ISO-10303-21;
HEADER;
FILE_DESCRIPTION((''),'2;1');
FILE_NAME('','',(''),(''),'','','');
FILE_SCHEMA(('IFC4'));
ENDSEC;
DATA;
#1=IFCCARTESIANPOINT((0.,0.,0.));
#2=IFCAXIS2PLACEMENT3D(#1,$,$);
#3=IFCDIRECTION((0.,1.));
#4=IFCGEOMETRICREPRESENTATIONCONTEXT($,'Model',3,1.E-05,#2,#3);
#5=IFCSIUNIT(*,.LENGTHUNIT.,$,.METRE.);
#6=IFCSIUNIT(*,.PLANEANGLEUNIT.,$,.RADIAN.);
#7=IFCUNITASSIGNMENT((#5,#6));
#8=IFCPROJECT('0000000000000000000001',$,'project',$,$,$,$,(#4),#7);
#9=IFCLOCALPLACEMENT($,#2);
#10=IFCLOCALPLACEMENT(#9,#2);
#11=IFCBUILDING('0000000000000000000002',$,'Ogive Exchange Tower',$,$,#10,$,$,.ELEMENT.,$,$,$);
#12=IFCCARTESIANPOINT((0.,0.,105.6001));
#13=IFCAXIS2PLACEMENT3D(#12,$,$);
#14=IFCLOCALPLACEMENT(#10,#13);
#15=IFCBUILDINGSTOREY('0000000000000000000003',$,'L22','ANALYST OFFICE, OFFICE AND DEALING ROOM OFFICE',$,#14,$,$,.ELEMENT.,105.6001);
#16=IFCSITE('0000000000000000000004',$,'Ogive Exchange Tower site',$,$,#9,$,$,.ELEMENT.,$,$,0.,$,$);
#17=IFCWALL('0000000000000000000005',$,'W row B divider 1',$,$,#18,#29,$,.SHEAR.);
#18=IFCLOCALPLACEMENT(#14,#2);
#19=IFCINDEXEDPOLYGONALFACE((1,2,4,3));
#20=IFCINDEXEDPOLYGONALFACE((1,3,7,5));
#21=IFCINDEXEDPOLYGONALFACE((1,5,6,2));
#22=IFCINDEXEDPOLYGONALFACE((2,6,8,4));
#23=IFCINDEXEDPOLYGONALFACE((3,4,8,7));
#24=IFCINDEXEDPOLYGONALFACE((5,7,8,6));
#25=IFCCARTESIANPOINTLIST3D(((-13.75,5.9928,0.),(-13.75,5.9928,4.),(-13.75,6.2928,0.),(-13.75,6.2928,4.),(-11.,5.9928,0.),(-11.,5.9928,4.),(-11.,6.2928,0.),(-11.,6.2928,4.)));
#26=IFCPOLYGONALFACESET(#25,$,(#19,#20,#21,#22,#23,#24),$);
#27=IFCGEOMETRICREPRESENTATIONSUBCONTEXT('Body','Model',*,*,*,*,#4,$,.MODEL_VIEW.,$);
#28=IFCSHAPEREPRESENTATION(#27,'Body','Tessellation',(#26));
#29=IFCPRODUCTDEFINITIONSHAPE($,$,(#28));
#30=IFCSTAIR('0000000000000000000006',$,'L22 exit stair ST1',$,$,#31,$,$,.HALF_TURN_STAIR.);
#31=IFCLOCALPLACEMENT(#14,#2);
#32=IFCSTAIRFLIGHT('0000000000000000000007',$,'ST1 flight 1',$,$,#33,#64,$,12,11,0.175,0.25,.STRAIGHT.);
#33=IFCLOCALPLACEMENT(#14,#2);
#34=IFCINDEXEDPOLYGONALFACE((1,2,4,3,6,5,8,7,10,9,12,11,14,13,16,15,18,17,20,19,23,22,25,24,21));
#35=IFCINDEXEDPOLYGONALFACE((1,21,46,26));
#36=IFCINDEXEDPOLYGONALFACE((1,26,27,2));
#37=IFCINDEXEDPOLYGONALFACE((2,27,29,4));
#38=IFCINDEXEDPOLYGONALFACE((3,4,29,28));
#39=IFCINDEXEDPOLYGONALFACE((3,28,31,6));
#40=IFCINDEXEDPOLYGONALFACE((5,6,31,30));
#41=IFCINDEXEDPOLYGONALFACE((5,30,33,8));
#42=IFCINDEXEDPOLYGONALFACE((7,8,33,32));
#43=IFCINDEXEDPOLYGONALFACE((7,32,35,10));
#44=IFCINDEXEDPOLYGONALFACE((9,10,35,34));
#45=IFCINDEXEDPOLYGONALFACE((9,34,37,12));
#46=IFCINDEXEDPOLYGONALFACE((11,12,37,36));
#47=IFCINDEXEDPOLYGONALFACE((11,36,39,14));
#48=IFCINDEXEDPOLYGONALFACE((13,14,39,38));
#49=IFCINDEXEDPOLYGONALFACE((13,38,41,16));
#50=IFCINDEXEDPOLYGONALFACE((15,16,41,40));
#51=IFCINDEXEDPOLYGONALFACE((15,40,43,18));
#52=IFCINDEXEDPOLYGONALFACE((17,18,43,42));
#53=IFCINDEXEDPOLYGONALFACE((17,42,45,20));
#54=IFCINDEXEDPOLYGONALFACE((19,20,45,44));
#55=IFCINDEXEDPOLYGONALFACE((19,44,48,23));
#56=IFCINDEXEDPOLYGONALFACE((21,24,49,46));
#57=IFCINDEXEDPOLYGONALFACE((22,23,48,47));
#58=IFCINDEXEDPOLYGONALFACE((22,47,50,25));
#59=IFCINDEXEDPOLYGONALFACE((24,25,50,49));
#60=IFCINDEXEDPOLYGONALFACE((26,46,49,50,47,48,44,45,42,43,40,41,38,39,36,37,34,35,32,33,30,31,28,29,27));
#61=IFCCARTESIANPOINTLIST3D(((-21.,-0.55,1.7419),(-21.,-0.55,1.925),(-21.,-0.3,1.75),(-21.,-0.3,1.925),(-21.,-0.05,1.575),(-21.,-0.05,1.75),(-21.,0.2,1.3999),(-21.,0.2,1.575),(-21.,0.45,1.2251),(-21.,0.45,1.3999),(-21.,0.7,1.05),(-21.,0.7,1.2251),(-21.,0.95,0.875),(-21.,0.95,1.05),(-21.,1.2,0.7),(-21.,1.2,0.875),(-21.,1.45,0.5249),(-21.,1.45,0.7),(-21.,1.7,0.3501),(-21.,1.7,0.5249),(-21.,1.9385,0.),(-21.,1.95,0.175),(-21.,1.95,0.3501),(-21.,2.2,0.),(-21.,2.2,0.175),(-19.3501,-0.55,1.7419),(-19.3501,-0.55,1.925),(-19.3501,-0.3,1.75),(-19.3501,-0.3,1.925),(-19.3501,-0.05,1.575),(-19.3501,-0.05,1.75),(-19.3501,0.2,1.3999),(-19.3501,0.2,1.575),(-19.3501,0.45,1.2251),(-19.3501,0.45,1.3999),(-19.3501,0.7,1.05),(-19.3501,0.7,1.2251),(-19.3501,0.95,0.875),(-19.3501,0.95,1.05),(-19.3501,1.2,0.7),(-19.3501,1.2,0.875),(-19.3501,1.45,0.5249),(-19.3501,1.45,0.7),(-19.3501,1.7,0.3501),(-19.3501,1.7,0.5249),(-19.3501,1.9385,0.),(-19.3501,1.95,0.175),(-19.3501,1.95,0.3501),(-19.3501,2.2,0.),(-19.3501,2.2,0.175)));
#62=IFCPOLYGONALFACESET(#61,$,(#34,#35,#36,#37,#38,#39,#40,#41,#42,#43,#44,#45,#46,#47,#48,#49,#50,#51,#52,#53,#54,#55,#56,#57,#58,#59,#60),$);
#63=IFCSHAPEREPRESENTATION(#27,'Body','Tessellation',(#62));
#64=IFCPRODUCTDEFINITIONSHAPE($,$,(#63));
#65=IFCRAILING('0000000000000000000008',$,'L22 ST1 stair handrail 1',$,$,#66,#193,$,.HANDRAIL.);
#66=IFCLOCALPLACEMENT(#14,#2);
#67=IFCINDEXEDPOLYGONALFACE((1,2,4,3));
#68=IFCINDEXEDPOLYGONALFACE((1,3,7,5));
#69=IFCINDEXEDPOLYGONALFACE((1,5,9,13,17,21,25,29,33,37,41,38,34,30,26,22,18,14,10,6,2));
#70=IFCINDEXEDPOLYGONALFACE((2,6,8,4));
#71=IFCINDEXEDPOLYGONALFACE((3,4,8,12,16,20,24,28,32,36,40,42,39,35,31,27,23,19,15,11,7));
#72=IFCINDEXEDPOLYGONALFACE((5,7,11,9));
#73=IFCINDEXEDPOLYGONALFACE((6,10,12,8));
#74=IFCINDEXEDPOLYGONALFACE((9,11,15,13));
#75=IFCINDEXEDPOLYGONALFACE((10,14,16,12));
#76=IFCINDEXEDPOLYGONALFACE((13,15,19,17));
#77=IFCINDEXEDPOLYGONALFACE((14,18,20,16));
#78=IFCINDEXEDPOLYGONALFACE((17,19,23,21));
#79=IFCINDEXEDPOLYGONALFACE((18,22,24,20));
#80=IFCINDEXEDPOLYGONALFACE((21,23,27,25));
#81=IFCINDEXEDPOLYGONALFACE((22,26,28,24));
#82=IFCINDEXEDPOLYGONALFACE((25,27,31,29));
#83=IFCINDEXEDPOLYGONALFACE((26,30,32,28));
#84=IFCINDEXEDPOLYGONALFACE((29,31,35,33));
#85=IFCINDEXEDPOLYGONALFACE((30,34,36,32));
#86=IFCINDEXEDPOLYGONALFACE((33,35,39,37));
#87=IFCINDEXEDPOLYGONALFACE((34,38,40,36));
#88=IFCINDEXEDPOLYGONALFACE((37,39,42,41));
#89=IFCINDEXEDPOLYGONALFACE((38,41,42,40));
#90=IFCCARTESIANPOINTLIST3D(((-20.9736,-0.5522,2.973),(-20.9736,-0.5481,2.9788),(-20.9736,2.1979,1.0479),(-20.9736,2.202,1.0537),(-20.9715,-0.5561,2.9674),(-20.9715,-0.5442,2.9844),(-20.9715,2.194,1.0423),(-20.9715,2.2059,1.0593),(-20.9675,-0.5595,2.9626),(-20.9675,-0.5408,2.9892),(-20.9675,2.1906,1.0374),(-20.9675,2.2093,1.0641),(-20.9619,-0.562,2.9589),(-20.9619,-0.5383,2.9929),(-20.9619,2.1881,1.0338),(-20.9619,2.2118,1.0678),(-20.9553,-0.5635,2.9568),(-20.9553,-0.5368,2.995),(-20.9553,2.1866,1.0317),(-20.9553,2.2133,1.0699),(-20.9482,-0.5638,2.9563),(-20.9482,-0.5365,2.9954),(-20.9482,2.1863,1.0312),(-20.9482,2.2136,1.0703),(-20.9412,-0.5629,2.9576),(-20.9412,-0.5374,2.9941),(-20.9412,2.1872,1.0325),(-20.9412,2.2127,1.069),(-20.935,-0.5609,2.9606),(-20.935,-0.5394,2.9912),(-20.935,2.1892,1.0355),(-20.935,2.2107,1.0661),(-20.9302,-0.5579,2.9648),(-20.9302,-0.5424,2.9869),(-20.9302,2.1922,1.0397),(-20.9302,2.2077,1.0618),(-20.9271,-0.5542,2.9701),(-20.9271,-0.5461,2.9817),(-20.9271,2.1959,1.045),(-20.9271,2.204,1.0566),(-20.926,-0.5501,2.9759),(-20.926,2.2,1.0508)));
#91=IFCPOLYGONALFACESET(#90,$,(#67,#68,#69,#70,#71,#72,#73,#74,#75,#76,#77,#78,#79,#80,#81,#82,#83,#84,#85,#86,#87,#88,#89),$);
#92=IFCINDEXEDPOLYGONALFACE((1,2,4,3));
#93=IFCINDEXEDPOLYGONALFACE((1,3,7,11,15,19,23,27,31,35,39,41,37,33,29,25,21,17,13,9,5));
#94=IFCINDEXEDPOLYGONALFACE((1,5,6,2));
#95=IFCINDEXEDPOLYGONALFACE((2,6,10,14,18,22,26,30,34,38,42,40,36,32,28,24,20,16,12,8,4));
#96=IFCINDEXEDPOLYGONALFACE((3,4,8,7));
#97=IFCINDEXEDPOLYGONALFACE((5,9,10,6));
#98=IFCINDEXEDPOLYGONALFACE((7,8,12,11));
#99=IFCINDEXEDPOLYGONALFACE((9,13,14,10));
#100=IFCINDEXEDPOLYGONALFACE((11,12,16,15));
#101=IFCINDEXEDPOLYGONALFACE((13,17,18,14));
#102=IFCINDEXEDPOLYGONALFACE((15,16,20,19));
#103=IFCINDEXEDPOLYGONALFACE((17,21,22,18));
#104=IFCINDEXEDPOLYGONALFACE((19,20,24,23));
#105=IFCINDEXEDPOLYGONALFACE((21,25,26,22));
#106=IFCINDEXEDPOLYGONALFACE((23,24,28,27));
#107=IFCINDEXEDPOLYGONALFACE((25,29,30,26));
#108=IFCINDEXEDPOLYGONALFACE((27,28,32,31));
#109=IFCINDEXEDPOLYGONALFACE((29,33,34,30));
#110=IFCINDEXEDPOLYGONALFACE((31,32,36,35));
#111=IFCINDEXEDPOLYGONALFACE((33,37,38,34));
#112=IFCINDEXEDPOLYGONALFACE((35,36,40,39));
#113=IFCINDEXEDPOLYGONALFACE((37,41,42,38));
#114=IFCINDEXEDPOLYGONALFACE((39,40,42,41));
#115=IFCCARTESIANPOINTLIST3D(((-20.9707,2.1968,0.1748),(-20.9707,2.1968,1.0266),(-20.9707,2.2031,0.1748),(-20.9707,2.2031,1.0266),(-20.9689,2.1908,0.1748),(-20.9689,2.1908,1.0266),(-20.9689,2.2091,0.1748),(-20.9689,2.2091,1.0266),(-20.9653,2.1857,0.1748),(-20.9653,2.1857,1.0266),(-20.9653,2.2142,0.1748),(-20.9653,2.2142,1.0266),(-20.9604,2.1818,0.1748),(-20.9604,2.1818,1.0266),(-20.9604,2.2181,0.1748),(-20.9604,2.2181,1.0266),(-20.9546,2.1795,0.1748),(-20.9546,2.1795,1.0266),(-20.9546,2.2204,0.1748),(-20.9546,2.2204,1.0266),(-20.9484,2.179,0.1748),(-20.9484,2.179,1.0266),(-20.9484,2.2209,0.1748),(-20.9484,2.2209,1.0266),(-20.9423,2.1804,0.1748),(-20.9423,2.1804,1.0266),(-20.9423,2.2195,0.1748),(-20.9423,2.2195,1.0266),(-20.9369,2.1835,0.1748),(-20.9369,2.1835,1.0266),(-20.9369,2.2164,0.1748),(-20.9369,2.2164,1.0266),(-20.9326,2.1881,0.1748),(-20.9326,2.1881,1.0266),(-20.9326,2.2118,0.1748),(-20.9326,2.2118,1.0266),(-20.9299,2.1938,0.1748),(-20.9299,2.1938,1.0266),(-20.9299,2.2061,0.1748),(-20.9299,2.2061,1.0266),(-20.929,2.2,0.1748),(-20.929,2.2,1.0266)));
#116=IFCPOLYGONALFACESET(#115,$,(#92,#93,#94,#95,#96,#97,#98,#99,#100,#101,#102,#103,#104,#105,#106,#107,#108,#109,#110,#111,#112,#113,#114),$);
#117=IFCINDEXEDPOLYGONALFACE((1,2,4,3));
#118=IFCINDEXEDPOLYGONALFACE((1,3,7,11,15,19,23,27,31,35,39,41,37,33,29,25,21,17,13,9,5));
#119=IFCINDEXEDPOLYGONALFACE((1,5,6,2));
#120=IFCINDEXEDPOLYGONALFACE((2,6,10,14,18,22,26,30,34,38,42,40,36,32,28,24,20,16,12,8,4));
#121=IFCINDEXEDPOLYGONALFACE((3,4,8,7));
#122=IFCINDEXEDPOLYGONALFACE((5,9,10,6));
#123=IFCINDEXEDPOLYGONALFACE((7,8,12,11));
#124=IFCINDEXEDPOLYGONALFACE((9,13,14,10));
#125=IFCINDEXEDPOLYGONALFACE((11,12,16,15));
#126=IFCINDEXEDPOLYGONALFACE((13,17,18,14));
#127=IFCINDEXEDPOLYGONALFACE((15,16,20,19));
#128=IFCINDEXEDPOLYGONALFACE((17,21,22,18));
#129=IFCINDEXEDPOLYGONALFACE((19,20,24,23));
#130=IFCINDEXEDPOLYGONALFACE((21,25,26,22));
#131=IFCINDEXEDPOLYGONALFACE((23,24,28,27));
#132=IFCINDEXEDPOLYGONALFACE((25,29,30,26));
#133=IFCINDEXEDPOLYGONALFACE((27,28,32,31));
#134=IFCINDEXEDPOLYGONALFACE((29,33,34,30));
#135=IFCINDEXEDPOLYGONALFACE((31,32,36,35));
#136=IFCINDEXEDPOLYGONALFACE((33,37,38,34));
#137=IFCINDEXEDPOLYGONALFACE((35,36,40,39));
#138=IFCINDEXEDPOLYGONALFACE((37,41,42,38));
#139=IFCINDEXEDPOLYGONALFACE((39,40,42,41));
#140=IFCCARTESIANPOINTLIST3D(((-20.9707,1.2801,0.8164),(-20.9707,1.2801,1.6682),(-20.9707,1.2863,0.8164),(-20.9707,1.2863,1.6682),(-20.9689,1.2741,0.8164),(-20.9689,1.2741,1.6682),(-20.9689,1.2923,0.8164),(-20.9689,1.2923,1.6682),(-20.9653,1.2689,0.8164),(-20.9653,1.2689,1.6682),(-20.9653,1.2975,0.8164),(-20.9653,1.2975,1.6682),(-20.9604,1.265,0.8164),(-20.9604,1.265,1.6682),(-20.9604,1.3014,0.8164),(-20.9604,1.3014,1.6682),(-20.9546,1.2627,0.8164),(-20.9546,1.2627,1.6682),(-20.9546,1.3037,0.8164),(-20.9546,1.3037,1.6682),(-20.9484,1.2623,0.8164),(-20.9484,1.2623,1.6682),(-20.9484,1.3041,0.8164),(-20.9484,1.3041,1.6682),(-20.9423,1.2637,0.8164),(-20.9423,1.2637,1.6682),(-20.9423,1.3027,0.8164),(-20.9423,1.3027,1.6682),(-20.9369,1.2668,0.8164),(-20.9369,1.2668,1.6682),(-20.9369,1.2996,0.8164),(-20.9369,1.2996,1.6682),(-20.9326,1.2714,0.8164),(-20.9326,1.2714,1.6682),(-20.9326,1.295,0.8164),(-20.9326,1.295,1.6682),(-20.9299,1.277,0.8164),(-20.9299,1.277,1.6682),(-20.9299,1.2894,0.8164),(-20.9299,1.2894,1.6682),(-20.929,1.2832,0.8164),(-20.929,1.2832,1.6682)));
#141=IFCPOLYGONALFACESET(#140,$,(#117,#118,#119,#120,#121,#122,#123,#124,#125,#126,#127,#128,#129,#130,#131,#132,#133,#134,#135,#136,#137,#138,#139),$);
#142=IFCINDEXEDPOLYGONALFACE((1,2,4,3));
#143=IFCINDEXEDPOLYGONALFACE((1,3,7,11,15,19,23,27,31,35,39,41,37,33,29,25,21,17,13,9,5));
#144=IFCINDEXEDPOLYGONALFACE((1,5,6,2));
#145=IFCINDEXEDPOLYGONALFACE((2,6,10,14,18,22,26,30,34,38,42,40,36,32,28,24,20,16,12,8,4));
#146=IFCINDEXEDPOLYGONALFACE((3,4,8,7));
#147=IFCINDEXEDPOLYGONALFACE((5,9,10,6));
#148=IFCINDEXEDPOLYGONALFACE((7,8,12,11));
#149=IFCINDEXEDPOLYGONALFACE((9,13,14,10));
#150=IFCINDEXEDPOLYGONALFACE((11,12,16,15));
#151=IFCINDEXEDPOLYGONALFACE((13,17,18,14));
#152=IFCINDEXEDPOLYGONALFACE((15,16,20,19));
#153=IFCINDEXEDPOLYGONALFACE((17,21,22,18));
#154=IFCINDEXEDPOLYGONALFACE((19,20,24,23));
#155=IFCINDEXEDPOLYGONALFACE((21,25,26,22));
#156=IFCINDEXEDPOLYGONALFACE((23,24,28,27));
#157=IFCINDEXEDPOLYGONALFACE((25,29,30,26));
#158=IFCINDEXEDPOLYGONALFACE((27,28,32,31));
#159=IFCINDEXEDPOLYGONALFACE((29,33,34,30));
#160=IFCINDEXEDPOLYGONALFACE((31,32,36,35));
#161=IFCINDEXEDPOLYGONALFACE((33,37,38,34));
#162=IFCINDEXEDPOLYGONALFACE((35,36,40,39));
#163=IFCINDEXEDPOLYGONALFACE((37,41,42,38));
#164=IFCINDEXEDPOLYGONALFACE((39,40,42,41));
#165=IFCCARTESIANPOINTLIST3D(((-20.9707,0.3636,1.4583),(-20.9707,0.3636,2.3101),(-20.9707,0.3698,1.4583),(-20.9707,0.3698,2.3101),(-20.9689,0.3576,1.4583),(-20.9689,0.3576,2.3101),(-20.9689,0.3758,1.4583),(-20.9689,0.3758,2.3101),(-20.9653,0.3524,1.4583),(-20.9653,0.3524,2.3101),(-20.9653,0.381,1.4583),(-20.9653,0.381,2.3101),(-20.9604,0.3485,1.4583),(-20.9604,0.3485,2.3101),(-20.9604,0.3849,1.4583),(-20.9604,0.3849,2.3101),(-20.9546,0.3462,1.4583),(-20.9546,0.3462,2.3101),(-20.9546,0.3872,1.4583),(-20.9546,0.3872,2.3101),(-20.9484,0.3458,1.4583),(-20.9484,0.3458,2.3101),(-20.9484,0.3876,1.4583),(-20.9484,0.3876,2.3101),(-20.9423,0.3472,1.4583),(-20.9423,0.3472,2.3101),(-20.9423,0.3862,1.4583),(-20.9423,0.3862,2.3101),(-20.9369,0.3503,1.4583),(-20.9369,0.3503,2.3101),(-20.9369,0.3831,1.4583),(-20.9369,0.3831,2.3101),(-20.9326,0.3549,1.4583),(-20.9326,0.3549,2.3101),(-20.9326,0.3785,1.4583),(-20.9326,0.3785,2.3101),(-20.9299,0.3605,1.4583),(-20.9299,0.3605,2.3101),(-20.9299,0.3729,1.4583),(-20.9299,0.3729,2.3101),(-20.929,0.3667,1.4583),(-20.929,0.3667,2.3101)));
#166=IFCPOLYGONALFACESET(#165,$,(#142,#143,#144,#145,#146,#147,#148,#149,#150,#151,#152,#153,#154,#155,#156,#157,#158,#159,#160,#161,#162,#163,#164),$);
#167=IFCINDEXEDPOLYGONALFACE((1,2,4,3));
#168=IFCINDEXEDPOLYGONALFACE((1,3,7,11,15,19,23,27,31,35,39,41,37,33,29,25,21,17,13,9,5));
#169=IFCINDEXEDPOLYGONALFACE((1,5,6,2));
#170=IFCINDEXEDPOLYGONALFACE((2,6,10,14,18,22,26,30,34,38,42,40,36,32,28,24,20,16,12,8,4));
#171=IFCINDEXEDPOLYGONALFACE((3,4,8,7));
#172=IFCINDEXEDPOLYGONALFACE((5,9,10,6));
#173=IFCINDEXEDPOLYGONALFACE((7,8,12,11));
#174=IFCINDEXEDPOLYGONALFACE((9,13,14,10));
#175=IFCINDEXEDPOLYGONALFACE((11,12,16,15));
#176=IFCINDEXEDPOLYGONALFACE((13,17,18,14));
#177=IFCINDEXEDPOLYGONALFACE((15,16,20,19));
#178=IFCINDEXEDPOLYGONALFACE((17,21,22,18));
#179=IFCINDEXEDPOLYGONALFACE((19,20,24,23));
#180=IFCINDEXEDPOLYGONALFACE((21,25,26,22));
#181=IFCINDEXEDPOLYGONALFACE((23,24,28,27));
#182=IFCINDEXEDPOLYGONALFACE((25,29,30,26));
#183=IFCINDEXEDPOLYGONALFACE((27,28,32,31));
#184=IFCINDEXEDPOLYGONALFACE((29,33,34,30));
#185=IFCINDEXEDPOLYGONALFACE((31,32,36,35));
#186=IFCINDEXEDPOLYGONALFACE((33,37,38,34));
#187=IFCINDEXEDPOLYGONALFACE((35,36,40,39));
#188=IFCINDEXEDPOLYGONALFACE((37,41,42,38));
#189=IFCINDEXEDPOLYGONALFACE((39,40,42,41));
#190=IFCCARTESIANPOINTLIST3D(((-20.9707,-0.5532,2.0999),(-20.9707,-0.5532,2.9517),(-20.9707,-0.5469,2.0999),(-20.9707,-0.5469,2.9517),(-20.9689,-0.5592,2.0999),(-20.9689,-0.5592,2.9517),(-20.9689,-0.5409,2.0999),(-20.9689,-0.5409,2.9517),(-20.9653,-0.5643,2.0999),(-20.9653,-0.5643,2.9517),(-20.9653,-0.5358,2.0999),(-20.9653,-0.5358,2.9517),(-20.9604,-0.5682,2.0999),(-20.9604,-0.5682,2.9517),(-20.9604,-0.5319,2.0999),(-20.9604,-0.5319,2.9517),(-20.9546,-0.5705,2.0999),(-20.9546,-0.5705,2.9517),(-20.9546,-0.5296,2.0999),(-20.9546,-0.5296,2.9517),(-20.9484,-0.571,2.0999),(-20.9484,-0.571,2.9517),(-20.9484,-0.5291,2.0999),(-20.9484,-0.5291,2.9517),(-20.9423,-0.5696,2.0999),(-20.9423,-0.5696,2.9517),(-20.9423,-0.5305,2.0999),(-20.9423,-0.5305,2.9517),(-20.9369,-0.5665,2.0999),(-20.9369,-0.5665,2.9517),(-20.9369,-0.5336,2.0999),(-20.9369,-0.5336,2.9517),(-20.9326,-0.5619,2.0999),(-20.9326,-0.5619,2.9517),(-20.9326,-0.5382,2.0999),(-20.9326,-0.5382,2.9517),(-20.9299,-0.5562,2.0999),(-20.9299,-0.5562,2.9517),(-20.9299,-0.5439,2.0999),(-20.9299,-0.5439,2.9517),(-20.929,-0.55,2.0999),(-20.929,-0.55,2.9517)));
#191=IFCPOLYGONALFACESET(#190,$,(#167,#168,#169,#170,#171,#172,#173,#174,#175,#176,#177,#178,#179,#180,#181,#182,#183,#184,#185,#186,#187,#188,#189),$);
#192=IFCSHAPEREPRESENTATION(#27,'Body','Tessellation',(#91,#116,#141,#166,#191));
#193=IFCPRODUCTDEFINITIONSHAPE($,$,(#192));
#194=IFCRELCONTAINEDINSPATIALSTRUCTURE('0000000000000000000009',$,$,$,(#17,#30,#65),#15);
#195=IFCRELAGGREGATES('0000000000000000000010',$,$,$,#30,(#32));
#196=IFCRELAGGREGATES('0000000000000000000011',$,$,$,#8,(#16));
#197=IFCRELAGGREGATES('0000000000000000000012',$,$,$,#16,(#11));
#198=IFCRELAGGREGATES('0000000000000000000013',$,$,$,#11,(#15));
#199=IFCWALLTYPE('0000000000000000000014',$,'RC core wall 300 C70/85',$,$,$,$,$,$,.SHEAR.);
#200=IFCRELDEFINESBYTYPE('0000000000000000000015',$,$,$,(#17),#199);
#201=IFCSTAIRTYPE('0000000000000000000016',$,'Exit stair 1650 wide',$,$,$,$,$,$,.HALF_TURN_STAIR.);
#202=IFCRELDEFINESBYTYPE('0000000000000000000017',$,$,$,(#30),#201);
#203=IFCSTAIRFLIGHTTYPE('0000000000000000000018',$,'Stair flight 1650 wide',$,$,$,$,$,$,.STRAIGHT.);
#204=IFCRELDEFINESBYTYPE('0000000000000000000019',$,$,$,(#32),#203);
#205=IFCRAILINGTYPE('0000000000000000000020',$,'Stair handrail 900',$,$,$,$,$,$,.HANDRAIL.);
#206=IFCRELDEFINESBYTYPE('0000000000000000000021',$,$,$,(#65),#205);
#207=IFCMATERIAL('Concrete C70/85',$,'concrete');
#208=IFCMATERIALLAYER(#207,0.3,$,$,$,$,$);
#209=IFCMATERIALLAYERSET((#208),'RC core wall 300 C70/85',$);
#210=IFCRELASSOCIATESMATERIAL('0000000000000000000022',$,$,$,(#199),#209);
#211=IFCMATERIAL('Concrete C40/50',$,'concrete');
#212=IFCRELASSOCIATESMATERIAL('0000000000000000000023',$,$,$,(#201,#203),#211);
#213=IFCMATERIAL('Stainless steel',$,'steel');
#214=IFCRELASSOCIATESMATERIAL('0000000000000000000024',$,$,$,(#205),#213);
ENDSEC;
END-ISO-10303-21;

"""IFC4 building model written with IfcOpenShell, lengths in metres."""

from ifc_helpers import new_model, si_unit, direction, frame, frame_2d, origin, origin_2d, place, context, subcontext, project, spatial, polyline, rectangle, circle, outline, extrude, material, layer, layer_set, type_object, element, aggregate, save


model = new_model("IFC4")

# Units and contexts
model_context = context("Model", 3, precision=1e-05, world=origin(), true_north=direction((0.0, 1.0)))
body_context = subcontext(model_context, "Body", "Model", "MODEL_VIEW")
ifc_project = project(units=[si_unit("LENGTHUNIT", "METRE"), si_unit("PLANEANGLEUNIT", "RADIAN")], contexts=[model_context])

# Site, building, storey
site_placement = place(None, origin())
site = spatial("IfcSite", under=ifc_project, at=site_placement, Name="Ogive Exchange Tower site", CompositionType="ELEMENT", RefElevation=0.0)
building_placement = place(site_placement, origin())
building = spatial("IfcBuilding", under=site, at=building_placement, Name="Ogive Exchange Tower", CompositionType="ELEMENT")
storey_placement = place(building_placement, frame((0.0, 0.0, 105.6001)))
storey = spatial("IfcBuildingStorey", under=building, at=storey_placement, Name="L22", Description="ANALYST OFFICE, OFFICE AND DEALING ROOM OFFICE", CompositionType="ELEMENT", Elevation=105.6001)

# Shared definitions
ifc_material_1 = material(Name="Concrete C70/85", Category="concrete")

# Shared definitions
ifc_material_2 = material(Name="Stainless steel", Category="steel")

# Wall
ifc_layer_1 = layer(ifc_material_1, 0.3)
ifc_layer_set_1 = layer_set([ifc_layer_1], Name="RC core wall 300 C70/85")
wall_type_1 = type_object("IfcWallType", Name="RC core wall 300 C70/85", PredefinedType="SHEAR", material=ifc_layer_set_1)
wall_1_placement = place(storey_placement, frame((-13.75, 6.1428, 0.0), z_axis=(0.0, 0.0, 1.0), x_axis=(1.0, 0.0, 0.0)))
element("IfcWall", 1, at=wall_1_placement, inside=storey, type_object=wall_type_1, Name="W row B divider 1", PredefinedType="SHEAR", context=body_context, shape_type="SweptSolid", body=[
    extrude(rectangle(XDim=2.75, YDim=0.3, at=frame_2d((1.375, 0.0))), origin(), (0.0, 0.0, 1.0), 4.0),
])

# Stair, stair flight
ifc_material_3 = material(Name="Concrete C40/50", Category="concrete")
stair_type = type_object("IfcStairType", Name="Exit stair 1650 wide", PredefinedType="HALF_TURN_STAIR", material=ifc_material_3)
stair_placement = place(storey_placement, origin())
stair = element("IfcStair", 2, at=stair_placement, inside=storey, type_object=stair_type, Name="L22 exit stair ST1", PredefinedType="HALF_TURN_STAIR")
stair_flight_type = type_object("IfcStairFlightType", Name="Stair flight 1650 wide", PredefinedType="STRAIGHT", material=ifc_material_3)
stair_flight_placement = place(storey_placement, frame((-20.175, 2.2, 0.0), z_axis=(0.0, 0.0, 1.0), x_axis=(0.0, -1.0, 0.0)))
stair_flight = element("IfcStairFlight", 3, at=stair_flight_placement, type_object=stair_flight_type, Name="ST1 flight 1", NumberOfRisers=12, NumberOfTreads=11, PredefinedType="STRAIGHT", RiserHeight=0.175, TreadLength=0.25, context=body_context, shape_type="SweptSolid", body=[
    extrude(outline(polyline([(0.0, 0.0), (0.0, 0.175), (0.25, 0.175), (0.25, 0.3501), (0.5, 0.3501), (0.5, 0.5249), (0.75, 0.5249), (0.75, 0.7), (1.0, 0.7), (1.0, 0.875), (1.25, 0.875), (1.25, 1.05), (1.5, 1.05), (1.5, 1.2251), (1.75, 1.2251), (1.75, 1.3999), (2.0, 1.3999), (2.0, 1.575), (2.25, 1.575), (2.25, 1.75), (2.5, 1.75), (2.5, 1.925), (2.75, 1.925), (2.75, 2.1001), (2.75, 1.7419), (0.2615, 0.0), (0.0, 0.0)])), frame((0.0, 0.825, 0.0), z_axis=(0.0, -1.0, 0.0), x_axis=(1.0, 0.0, 0.0)), (0.0, 0.0, 1.0), 1.6499),
])
aggregate(stair, [stair_flight])

# Railing
railing_type = type_object("IfcRailingType", Name="Stair handrail 900", PredefinedType="HANDRAIL", material=ifc_material_2)
railing_placement = place(storey_placement, frame((-20.95, 2.2, 0.1748)))
element("IfcRailing", 4, at=railing_placement, inside=storey, type_object=railing_type, Name="L22 ST1 stair handrail 1", PredefinedType="HANDRAIL", context=body_context, shape_type="SweptSolid", body=[
    extrude(circle(Radius=0.0239, at=origin_2d()), frame((0.0, 0.0, 0.876), z_axis=(0.0, -0.819225, 0.573472), x_axis=(1.0, 0.0, 0.0)), (0.0, 0.0, 1.0), 3.3569),
    extrude(circle(Radius=0.021, at=origin_2d()), origin(), (0.0, 0.0, 1.0), 0.8518),
    extrude(circle(Radius=0.021, at=origin_2d()), frame((0.0, -0.9167, 0.6416)), (0.0, 0.0, 1.0), 0.8518),
    extrude(circle(Radius=0.021, at=origin_2d()), frame((0.0, -1.8333, 1.2834)), (0.0, 0.0, 1.0), 0.8518),
    extrude(circle(Radius=0.021, at=origin_2d()), frame((0.0, -2.75, 1.925)), (0.0, 0.0, 1.0), 0.8518),
])

save(model, "model.ifc")
